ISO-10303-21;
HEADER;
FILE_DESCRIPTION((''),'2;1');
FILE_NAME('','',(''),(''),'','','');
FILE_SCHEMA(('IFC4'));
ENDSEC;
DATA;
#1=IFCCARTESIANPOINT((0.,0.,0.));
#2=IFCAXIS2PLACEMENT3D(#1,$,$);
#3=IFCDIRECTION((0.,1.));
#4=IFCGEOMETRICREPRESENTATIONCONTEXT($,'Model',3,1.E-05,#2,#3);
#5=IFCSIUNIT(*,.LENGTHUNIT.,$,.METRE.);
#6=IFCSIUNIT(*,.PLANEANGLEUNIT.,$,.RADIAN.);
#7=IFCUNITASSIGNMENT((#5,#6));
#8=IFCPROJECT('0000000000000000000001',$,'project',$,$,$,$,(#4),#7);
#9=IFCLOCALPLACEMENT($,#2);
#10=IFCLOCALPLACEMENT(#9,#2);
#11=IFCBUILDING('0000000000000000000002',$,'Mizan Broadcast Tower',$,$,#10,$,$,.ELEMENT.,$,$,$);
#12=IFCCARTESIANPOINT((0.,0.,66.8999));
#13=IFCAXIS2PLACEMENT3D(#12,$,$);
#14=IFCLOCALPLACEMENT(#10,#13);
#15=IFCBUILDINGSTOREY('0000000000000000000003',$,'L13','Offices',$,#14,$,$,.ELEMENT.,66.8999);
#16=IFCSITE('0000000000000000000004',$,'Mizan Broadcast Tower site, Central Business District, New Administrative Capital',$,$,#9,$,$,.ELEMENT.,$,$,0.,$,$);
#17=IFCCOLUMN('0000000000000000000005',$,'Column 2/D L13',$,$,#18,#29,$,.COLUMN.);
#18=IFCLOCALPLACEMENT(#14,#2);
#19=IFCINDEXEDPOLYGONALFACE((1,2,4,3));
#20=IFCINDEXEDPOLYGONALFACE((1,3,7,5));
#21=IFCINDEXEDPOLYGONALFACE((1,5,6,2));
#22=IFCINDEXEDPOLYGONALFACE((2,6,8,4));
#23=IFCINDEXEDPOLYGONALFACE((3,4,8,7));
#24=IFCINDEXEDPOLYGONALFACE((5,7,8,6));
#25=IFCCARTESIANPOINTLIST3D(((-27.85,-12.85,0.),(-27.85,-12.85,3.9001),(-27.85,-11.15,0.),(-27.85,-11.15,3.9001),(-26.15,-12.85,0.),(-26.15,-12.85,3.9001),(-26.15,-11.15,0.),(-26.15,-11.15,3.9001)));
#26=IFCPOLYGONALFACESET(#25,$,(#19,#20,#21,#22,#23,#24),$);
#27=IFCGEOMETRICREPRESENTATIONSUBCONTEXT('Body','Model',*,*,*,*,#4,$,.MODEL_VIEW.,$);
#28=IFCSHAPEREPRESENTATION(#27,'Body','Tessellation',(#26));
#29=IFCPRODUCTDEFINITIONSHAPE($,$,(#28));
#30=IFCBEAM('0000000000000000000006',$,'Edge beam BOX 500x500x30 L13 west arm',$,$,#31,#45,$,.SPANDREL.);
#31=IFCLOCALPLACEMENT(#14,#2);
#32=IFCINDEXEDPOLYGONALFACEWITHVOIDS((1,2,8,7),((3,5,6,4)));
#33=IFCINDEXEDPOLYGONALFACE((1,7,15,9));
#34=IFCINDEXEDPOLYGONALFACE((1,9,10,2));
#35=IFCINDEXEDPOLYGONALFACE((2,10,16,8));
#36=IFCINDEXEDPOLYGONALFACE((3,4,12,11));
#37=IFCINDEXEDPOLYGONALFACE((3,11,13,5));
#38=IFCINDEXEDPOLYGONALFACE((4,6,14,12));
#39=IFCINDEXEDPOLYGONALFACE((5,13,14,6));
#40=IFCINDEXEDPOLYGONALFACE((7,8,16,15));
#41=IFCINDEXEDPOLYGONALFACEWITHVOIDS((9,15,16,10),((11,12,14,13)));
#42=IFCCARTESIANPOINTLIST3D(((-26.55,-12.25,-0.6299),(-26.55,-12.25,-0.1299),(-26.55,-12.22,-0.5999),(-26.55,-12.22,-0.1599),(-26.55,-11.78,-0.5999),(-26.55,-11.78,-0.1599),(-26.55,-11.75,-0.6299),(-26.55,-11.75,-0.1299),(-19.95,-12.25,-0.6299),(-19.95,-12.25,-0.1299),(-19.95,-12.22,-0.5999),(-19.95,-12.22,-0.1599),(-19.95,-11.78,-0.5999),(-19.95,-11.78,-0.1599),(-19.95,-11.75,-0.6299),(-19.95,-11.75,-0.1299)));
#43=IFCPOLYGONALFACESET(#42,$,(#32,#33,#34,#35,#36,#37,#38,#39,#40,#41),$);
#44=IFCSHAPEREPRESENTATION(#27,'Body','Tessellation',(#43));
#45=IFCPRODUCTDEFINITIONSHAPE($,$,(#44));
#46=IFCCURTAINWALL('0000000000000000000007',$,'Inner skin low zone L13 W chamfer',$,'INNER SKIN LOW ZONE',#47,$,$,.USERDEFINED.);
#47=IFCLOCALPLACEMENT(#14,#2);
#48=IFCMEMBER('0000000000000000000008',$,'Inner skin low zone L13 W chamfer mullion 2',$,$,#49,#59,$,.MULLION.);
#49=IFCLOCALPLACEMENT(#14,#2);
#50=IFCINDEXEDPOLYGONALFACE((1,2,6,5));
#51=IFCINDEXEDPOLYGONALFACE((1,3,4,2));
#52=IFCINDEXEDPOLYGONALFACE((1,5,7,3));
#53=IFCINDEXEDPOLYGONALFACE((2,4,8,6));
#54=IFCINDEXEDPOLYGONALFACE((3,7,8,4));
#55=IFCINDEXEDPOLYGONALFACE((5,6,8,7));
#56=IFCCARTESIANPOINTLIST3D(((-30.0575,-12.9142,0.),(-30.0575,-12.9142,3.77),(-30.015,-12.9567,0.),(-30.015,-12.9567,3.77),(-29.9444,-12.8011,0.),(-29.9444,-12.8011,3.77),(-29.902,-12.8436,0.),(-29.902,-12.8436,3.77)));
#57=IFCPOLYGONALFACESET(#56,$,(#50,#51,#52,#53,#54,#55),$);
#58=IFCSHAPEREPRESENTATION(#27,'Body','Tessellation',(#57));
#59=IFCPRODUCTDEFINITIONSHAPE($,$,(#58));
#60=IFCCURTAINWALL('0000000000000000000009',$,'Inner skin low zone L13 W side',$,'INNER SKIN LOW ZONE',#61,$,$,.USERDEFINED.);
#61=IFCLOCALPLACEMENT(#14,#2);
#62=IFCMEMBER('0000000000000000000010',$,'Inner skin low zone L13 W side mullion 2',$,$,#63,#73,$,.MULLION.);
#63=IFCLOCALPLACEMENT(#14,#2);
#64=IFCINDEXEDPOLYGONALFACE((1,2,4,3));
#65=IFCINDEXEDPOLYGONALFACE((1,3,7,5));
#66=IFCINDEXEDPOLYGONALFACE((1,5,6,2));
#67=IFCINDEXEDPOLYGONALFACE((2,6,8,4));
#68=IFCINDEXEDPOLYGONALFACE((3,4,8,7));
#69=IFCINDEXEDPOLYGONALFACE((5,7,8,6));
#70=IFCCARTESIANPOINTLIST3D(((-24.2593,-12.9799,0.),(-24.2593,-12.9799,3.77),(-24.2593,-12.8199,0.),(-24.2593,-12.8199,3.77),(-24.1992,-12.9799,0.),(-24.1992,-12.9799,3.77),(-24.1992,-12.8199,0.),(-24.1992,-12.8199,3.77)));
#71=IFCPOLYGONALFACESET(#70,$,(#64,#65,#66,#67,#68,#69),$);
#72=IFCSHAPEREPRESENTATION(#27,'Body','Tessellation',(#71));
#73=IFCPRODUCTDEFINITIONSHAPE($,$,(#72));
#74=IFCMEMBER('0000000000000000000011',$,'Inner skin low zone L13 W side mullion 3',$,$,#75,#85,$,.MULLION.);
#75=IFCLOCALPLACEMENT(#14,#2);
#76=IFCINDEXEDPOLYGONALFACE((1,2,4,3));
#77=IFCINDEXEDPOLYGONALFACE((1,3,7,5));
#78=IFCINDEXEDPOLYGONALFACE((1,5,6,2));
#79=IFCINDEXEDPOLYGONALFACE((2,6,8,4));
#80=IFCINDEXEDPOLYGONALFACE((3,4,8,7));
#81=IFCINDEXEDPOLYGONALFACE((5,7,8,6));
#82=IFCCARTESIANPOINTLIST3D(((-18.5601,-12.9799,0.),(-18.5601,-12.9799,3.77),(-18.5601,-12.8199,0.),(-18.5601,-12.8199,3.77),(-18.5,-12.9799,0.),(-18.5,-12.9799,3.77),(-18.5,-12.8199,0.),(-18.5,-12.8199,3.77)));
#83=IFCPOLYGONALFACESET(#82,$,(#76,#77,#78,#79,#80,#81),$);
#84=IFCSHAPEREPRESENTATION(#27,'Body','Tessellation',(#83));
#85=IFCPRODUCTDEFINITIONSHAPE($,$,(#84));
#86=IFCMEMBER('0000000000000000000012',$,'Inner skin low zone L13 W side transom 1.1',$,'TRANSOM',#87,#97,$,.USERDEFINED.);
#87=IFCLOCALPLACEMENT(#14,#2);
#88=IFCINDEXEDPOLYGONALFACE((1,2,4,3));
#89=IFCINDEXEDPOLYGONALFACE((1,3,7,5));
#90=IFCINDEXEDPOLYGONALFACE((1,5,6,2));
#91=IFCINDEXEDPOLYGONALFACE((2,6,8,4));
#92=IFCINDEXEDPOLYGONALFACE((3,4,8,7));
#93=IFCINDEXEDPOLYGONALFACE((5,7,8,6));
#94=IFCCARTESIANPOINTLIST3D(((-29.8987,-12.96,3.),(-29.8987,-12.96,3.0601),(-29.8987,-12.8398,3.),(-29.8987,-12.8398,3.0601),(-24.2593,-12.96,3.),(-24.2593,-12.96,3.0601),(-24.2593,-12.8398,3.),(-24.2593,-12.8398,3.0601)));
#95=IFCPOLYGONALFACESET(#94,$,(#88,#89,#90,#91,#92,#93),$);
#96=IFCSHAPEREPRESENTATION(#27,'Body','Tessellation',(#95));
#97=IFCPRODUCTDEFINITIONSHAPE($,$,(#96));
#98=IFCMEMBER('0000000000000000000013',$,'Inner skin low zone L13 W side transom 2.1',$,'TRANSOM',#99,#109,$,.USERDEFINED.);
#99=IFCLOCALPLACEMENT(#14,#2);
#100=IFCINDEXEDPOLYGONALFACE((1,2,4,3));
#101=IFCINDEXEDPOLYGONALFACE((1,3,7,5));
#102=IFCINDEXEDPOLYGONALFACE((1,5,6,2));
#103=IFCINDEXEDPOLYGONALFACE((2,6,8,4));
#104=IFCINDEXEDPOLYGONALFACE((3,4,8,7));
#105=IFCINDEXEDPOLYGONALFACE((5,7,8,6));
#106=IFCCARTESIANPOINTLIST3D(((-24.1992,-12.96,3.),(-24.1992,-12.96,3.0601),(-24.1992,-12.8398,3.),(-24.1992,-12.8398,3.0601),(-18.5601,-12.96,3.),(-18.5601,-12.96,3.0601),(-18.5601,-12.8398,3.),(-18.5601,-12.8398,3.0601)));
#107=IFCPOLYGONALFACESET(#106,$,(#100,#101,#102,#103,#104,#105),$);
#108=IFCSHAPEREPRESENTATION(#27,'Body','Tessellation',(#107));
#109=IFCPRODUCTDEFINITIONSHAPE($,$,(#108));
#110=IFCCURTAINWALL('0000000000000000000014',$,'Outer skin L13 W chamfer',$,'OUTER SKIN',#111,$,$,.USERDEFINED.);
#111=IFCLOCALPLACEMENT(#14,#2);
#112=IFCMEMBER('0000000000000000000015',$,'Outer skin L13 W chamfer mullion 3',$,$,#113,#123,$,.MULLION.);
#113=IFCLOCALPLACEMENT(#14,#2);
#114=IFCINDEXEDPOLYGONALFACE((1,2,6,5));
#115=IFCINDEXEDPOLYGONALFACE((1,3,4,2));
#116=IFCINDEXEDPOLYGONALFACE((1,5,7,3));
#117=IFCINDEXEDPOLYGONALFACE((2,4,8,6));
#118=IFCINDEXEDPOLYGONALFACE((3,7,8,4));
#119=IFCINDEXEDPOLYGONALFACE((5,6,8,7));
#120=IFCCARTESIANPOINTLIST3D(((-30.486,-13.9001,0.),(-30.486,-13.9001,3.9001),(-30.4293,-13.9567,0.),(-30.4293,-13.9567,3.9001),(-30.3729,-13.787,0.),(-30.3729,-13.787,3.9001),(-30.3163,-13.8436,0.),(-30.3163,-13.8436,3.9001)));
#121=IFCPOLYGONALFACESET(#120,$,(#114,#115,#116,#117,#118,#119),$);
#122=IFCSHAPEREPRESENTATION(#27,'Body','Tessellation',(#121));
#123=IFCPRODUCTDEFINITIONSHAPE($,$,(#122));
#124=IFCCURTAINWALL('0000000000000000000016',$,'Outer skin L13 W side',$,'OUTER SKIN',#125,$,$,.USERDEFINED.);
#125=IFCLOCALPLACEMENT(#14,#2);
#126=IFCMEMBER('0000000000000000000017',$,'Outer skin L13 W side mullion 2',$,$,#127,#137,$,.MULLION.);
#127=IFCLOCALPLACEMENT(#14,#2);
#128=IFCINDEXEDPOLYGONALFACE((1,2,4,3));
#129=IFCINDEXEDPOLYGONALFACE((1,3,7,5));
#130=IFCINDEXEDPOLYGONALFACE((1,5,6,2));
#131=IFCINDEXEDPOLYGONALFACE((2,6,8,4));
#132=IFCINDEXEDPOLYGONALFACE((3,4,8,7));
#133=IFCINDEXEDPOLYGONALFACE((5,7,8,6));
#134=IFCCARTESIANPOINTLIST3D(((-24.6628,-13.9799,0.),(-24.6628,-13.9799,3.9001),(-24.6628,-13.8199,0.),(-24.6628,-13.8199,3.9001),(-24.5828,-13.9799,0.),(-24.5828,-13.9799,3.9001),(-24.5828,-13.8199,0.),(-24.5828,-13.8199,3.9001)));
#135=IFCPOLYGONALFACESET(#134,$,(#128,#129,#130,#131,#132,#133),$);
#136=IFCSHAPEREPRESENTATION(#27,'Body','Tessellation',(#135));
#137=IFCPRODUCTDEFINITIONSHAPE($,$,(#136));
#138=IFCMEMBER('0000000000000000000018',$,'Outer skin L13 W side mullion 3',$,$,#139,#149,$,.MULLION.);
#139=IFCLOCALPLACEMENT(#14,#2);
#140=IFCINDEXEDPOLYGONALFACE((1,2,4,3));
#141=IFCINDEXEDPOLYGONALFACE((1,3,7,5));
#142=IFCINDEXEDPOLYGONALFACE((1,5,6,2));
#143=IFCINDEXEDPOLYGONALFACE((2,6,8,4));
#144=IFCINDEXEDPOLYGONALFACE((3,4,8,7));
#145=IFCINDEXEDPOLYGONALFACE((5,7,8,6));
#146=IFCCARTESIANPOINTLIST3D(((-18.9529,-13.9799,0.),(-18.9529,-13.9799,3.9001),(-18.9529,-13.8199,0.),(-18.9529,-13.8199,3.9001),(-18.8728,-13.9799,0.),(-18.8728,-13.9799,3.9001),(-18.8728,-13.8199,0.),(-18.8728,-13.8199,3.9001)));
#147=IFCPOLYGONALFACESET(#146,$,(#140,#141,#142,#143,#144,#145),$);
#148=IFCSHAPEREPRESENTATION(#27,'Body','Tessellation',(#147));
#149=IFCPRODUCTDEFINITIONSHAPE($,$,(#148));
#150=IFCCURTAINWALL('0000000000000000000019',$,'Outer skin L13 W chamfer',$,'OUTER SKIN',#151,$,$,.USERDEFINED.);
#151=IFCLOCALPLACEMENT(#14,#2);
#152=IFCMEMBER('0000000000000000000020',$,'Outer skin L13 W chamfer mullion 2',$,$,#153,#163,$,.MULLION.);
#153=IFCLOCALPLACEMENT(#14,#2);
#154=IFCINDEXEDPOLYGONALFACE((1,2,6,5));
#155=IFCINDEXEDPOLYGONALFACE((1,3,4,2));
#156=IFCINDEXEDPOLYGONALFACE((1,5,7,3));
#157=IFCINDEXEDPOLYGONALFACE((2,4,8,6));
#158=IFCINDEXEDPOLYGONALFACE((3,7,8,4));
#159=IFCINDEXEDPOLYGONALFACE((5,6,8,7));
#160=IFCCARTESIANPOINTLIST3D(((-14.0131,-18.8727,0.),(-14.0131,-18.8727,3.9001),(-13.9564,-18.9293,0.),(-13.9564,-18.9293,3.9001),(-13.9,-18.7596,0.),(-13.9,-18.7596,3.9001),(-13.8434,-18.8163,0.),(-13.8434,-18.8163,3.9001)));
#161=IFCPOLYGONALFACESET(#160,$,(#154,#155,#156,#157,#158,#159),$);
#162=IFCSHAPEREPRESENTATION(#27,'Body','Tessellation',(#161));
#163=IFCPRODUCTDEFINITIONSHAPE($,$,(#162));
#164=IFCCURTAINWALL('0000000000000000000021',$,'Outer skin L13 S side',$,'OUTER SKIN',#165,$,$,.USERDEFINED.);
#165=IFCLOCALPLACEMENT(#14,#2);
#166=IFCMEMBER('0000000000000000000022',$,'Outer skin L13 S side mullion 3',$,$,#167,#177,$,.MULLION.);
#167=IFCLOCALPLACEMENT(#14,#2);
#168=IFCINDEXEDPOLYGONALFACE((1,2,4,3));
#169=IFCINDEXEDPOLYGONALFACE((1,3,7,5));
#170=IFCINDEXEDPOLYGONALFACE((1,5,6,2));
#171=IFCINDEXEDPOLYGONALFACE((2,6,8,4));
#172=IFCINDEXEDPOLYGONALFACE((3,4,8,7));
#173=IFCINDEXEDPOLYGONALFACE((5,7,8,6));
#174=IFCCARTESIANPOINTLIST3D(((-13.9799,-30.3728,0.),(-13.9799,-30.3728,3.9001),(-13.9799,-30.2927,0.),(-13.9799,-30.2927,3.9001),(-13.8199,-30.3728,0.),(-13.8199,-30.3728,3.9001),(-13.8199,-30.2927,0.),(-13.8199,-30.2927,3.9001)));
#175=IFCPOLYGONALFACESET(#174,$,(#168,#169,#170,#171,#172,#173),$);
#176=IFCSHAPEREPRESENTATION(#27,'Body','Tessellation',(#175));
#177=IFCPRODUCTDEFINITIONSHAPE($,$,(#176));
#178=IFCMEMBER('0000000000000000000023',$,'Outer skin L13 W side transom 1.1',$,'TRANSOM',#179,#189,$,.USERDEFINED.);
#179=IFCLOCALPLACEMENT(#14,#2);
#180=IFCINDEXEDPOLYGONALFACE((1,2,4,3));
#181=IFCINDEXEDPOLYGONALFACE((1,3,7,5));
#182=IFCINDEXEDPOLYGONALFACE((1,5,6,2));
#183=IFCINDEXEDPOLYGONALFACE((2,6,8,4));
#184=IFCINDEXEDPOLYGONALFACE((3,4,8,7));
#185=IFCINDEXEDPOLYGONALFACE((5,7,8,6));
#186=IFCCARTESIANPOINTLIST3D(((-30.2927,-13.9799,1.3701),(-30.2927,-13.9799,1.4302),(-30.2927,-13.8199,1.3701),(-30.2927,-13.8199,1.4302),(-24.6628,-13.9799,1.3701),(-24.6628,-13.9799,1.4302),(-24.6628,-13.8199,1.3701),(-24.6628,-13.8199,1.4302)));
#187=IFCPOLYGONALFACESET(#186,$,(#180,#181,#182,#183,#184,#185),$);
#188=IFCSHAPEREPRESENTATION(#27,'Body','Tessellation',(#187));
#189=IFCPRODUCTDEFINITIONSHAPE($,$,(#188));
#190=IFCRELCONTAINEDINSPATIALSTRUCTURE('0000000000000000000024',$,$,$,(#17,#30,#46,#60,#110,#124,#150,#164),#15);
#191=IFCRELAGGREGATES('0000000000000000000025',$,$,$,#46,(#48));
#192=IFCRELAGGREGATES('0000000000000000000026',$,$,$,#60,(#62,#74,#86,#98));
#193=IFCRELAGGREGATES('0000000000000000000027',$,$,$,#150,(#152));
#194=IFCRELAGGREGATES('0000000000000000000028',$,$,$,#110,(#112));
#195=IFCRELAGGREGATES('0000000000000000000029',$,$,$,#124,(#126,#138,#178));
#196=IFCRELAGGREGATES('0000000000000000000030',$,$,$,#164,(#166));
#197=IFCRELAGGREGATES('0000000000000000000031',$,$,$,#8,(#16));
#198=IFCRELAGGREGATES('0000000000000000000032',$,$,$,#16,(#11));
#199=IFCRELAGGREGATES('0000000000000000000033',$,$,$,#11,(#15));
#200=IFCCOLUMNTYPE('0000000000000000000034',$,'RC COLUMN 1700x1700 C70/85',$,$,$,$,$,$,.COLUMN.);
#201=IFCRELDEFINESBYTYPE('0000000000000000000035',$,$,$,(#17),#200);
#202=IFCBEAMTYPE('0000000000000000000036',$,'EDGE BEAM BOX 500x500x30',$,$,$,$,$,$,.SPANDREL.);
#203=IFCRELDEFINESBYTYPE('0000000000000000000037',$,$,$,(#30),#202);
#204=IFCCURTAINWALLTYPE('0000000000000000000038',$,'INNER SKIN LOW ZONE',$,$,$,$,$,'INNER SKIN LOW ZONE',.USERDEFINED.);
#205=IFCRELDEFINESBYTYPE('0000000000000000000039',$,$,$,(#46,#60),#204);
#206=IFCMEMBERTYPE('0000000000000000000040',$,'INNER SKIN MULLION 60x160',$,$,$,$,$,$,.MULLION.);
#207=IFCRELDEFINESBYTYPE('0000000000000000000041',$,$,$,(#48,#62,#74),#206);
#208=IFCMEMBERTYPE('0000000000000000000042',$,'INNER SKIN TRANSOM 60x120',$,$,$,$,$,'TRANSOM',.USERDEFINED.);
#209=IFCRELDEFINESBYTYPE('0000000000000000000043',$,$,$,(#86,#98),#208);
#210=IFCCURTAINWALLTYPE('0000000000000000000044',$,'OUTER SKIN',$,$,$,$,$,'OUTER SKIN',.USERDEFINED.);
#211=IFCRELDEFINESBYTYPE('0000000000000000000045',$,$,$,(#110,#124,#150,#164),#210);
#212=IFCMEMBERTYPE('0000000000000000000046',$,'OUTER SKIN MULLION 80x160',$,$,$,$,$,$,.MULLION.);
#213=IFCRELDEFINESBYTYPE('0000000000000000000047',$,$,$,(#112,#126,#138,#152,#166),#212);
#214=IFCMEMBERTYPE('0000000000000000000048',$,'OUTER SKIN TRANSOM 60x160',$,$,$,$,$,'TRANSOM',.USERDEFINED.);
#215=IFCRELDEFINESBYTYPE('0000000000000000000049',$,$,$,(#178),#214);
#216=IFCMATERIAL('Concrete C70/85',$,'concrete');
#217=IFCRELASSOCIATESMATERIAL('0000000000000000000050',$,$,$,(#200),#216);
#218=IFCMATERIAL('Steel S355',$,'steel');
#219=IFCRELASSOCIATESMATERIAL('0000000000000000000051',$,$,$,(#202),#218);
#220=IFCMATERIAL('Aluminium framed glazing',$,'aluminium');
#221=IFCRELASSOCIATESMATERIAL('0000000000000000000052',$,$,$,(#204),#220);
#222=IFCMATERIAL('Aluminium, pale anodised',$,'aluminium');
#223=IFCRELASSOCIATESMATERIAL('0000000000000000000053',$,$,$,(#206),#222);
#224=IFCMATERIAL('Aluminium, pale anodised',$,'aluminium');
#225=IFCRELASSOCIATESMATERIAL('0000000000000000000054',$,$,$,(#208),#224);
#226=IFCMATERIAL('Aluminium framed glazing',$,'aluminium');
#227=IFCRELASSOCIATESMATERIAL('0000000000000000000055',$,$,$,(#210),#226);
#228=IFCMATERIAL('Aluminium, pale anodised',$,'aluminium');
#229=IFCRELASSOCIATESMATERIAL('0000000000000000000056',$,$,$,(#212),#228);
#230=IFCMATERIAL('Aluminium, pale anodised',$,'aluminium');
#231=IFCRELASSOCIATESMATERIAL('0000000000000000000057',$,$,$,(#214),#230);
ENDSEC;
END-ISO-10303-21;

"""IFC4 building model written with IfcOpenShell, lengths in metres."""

from ifc_helpers import new_model, si_unit, direction, frame, origin, origin_2d, place, context, subcontext, project, spatial, rectangle, hollow_rectangle, extrude, material, material_profile, profile_set, type_object, element, aggregate, save


model = new_model("IFC4")

# Units and contexts
model_context = context("Model", 3, precision=1e-05, world=origin(), true_north=direction((0.0, 1.0)))
body_context = subcontext(model_context, "Body", "Model", "MODEL_VIEW")
ifc_project = project(units=[si_unit("LENGTHUNIT", "METRE"), si_unit("PLANEANGLEUNIT", "RADIAN")], contexts=[model_context])

# Site, building, storey
site_placement = place(None, origin())
site = spatial("IfcSite", under=ifc_project, at=site_placement, Name="Mizan Broadcast Tower site, Central Business District, New Administrative Capital", CompositionType="ELEMENT", RefElevation=0.0)
building_placement = place(site_placement, origin())
building = spatial("IfcBuilding", under=site, at=building_placement, Name="Mizan Broadcast Tower", CompositionType="ELEMENT")
storey_placement = place(building_placement, frame((0.0, 0.0, 66.8999)))
storey = spatial("IfcBuildingStorey", under=building, at=storey_placement, Name="L13", Description="Offices", CompositionType="ELEMENT", Elevation=66.8999)

# Column
ifc_material_1 = material(Name="Concrete C70/85", Category="concrete")
ifc_material_profile_1 = material_profile(ifc_material_1, rectangle(XDim=1.7, YDim=1.7, at=origin_2d()), Name="RC 1700x1700")
ifc_profile_set_1 = profile_set([ifc_material_profile_1], Name="Concrete C70/85")
column_type = type_object("IfcColumnType", Name="RC COLUMN 1700x1700 C70/85", PredefinedType="COLUMN", material=ifc_profile_set_1)
column_placement = place(storey_placement, frame((-27.0, -12.0, 0.0), z_axis=(0.0, 0.0, 1.0), x_axis=(1.0, 0.0, 0.0)))
element("IfcColumn", 1, at=column_placement, inside=storey, type_object=column_type, Name="Column 2/D L13", PredefinedType="COLUMN", context=body_context, shape_type="SweptSolid", body=[
    extrude(rectangle(XDim=1.7, YDim=1.7, at=origin_2d()), origin(), (0.0, 0.0, 1.0), 3.9001),
])

# Beam
ifc_material_2 = material(Name="Steel S355", Category="steel")
ifc_material_profile_2 = material_profile(ifc_material_2, hollow_rectangle(XDim=0.5, YDim=0.5, WallThickness=0.03, at=origin_2d()), Name="BOX 500x500x30")
ifc_profile_set_2 = profile_set([ifc_material_profile_2], Name="Steel S355")
beam_type_1 = type_object("IfcBeamType", Name="EDGE BEAM BOX 500x500x30", PredefinedType="SPANDREL", material=ifc_profile_set_2)
beam_1_placement = place(storey_placement, frame((-19.95, -12.0, -0.3799), z_axis=(-1.0, 0.0, 0.0), x_axis=(0.0, -1.0, 0.0)))
element("IfcBeam", 2, at=beam_1_placement, inside=storey, type_object=beam_type_1, Name="Edge beam BOX 500x500x30 L13 west arm", PredefinedType="SPANDREL", context=body_context, shape_type="SweptSolid", body=[
    extrude(hollow_rectangle(XDim=0.5, YDim=0.5, WallThickness=0.03, at=origin_2d()), origin(), (0.0, 0.0, 1.0), 6.6001),
])

# Curtain wall, member
ifc_material_3 = material(Name="Aluminium framed glazing", Category="aluminium")
curtain_wall_type_1 = type_object("IfcCurtainWallType", Name="INNER SKIN LOW ZONE", ElementType="INNER SKIN LOW ZONE", PredefinedType="USERDEFINED", material=ifc_material_3)
curtain_wall_1_placement = place(storey_placement, origin())
curtain_wall_1 = element("IfcCurtainWall", 3, at=curtain_wall_1_placement, inside=storey, type_object=curtain_wall_type_1, Name="Inner skin low zone L13 W chamfer", ObjectType="INNER SKIN LOW ZONE", PredefinedType="USERDEFINED")
ifc_material_4 = material(Name="Aluminium, pale anodised", Category="aluminium")
ifc_material_profile_3 = material_profile(ifc_material_4, rectangle(XDim=0.1599, YDim=0.0601, at=origin_2d()), Name="MULLION 160x60")
ifc_profile_set_3 = profile_set([ifc_material_profile_3], Name="Aluminium, pale anodised")
member_type_1 = type_object("IfcMemberType", Name="INNER SKIN MULLION 60x160", PredefinedType="MULLION", material=ifc_profile_set_3)
member_1_placement = place(storey_placement, frame((-29.9797, -12.8789, 0.0), z_axis=(0.0, 0.0, 1.0), x_axis=(0.707107, 0.707107, 0.0)))
member_1 = element("IfcMember", 4, at=member_1_placement, type_object=member_type_1, Name="Inner skin low zone L13 W chamfer mullion 2", PredefinedType="MULLION", context=body_context, shape_type="SweptSolid", body=[
    extrude(rectangle(XDim=0.1599, YDim=0.0601, at=origin_2d()), origin(), (0.0, 0.0, 1.0), 3.77),
])
aggregate(curtain_wall_1, [member_1])

# Curtain wall, members
curtain_wall_2_placement = place(storey_placement, origin())
curtain_wall_2 = element("IfcCurtainWall", 5, at=curtain_wall_2_placement, inside=storey, type_object=curtain_wall_type_1, Name="Inner skin low zone L13 W side", ObjectType="INNER SKIN LOW ZONE", PredefinedType="USERDEFINED")
member_2_placement = place(storey_placement, frame((-24.2292, -12.8999, 0.0), z_axis=(0.0, 0.0, 1.0), x_axis=(0.0, 1.0, 0.0)))
member_2 = element("IfcMember", 6, at=member_2_placement, type_object=member_type_1, Name="Inner skin low zone L13 W side mullion 2", PredefinedType="MULLION", context=body_context, shape_type="SweptSolid", body=[
    extrude(rectangle(XDim=0.1599, YDim=0.0601, at=origin_2d()), origin(), (0.0, 0.0, 1.0), 3.77),
])
member_3_placement = place(storey_placement, frame((-18.53, -12.8999, 0.0), z_axis=(0.0, 0.0, 1.0), x_axis=(0.0, 1.0, 0.0)))
member_3 = element("IfcMember", 7, at=member_3_placement, type_object=member_type_1, Name="Inner skin low zone L13 W side mullion 3", PredefinedType="MULLION", context=body_context, shape_type="SweptSolid", body=[
    extrude(rectangle(XDim=0.1599, YDim=0.0601, at=origin_2d()), origin(), (0.0, 0.0, 1.0), 3.77),
])
ifc_material_5 = material(Name="Aluminium, pale anodised", Category="aluminium")
ifc_material_profile_4 = material_profile(ifc_material_5, rectangle(XDim=0.1201, YDim=0.0601, at=origin_2d()), Name="TRANSOM 120x60")
ifc_profile_set_4 = profile_set([ifc_material_profile_4], Name="Aluminium, pale anodised")
member_type_2 = type_object("IfcMemberType", Name="INNER SKIN TRANSOM 60x120", ElementType="TRANSOM", PredefinedType="USERDEFINED", material=ifc_profile_set_4)
member_4_placement = place(storey_placement, frame((-29.8987, -12.8999, 3.03), z_axis=(1.0, 0.0, 0.0), x_axis=(0.0, 1.0, 0.0)))
member_4 = element("IfcMember", 8, at=member_4_placement, type_object=member_type_2, Name="Inner skin low zone L13 W side transom 1.1", ObjectType="TRANSOM", PredefinedType="USERDEFINED", context=body_context, shape_type="SweptSolid", body=[
    extrude(rectangle(XDim=0.1201, YDim=0.0601, at=origin_2d()), origin(), (0.0, 0.0, 1.0), 5.6394),
])
member_5_placement = place(storey_placement, frame((-24.1992, -12.8999, 3.03), z_axis=(1.0, 0.0, 0.0), x_axis=(0.0, 1.0, 0.0)))
member_5 = element("IfcMember", 9, at=member_5_placement, type_object=member_type_2, Name="Inner skin low zone L13 W side transom 2.1", ObjectType="TRANSOM", PredefinedType="USERDEFINED", context=body_context, shape_type="SweptSolid", body=[
    extrude(rectangle(XDim=0.1201, YDim=0.0601, at=origin_2d()), origin(), (0.0, 0.0, 1.0), 5.6392),
])

# Curtain wall, member
ifc_material_6 = material(Name="Aluminium framed glazing", Category="aluminium")
curtain_wall_type_2 = type_object("IfcCurtainWallType", Name="OUTER SKIN", ElementType="OUTER SKIN", PredefinedType="USERDEFINED", material=ifc_material_6)
curtain_wall_3_placement = place(storey_placement, origin())
curtain_wall_3 = element("IfcCurtainWall", 10, at=curtain_wall_3_placement, inside=storey, type_object=curtain_wall_type_2, Name="Outer skin L13 W chamfer", ObjectType="OUTER SKIN", PredefinedType="USERDEFINED")
ifc_material_7 = material(Name="Aluminium, pale anodised", Category="aluminium")
ifc_material_profile_5 = material_profile(ifc_material_7, rectangle(XDim=0.1599, YDim=0.0801, at=origin_2d()), Name="MULLION 160x80")
ifc_profile_set_5 = profile_set([ifc_material_profile_5], Name="Aluminium, pale anodised")
member_type_3 = type_object("IfcMemberType", Name="OUTER SKIN MULLION 80x160", PredefinedType="MULLION", material=ifc_profile_set_5)
member_6_placement = place(storey_placement, frame((-30.4011, -13.8718, 0.0), z_axis=(0.0, 0.0, 1.0), x_axis=(0.707107, 0.707107, 0.0)))
member_6 = element("IfcMember", 11, at=member_6_placement, type_object=member_type_3, Name="Outer skin L13 W chamfer mullion 3", PredefinedType="MULLION", context=body_context, shape_type="SweptSolid", body=[
    extrude(rectangle(XDim=0.1599, YDim=0.0801, at=origin_2d()), origin(), (0.0, 0.0, 1.0), 3.9001),
])

# Curtain wall, members
curtain_wall_4_placement = place(storey_placement, origin())
curtain_wall_4 = element("IfcCurtainWall", 12, at=curtain_wall_4_placement, inside=storey, type_object=curtain_wall_type_2, Name="Outer skin L13 W side", ObjectType="OUTER SKIN", PredefinedType="USERDEFINED")
member_7_placement = place(storey_placement, frame((-24.6228, -13.8999, 0.0), z_axis=(0.0, 0.0, 1.0), x_axis=(0.0, 1.0, 0.0)))
member_7 = element("IfcMember", 13, at=member_7_placement, type_object=member_type_3, Name="Outer skin L13 W side mullion 2", PredefinedType="MULLION", context=body_context, shape_type="SweptSolid", body=[
    extrude(rectangle(XDim=0.1599, YDim=0.0801, at=origin_2d()), origin(), (0.0, 0.0, 1.0), 3.9001),
])
member_8_placement = place(storey_placement, frame((-18.9128, -13.8999, 0.0), z_axis=(0.0, 0.0, 1.0), x_axis=(0.0, 1.0, 0.0)))
member_8 = element("IfcMember", 14, at=member_8_placement, type_object=member_type_3, Name="Outer skin L13 W side mullion 3", PredefinedType="MULLION", context=body_context, shape_type="SweptSolid", body=[
    extrude(rectangle(XDim=0.1599, YDim=0.0801, at=origin_2d()), origin(), (0.0, 0.0, 1.0), 3.9001),
])

# Curtain walls, members
curtain_wall_5_placement = place(storey_placement, origin())
curtain_wall_5 = element("IfcCurtainWall", 15, at=curtain_wall_5_placement, inside=storey, type_object=curtain_wall_type_2, Name="Outer skin L13 W chamfer", ObjectType="OUTER SKIN", PredefinedType="USERDEFINED")
member_9_placement = place(storey_placement, frame((-13.9282, -18.8445, 0.0), z_axis=(0.0, 0.0, 1.0), x_axis=(0.707107, 0.707107, 0.0)))
member_9 = element("IfcMember", 16, at=member_9_placement, type_object=member_type_3, Name="Outer skin L13 W chamfer mullion 2", PredefinedType="MULLION", context=body_context, shape_type="SweptSolid", body=[
    extrude(rectangle(XDim=0.1599, YDim=0.0801, at=origin_2d()), origin(), (0.0, 0.0, 1.0), 3.9001),
])
curtain_wall_6_placement = place(storey_placement, origin())
curtain_wall_6 = element("IfcCurtainWall", 17, at=curtain_wall_6_placement, inside=storey, type_object=curtain_wall_type_2, Name="Outer skin L13 S side", ObjectType="OUTER SKIN", PredefinedType="USERDEFINED")
member_10_placement = place(storey_placement, frame((-13.8999, -30.3328, 0.0), z_axis=(0.0, 0.0, 1.0), x_axis=(1.0, 0.0, 0.0)))
member_10 = element("IfcMember", 18, at=member_10_placement, type_object=member_type_3, Name="Outer skin L13 S side mullion 3", PredefinedType="MULLION", context=body_context, shape_type="SweptSolid", body=[
    extrude(rectangle(XDim=0.1599, YDim=0.0801, at=origin_2d()), origin(), (0.0, 0.0, 1.0), 3.9001),
])

# Member
ifc_material_8 = material(Name="Aluminium, pale anodised", Category="aluminium")
ifc_material_profile_6 = material_profile(ifc_material_8, rectangle(XDim=0.1599, YDim=0.0601, at=origin_2d()), Name="TRANSOM 160x60")
ifc_profile_set_6 = profile_set([ifc_material_profile_6], Name="Aluminium, pale anodised")
member_type_4 = type_object("IfcMemberType", Name="OUTER SKIN TRANSOM 60x160", ElementType="TRANSOM", PredefinedType="USERDEFINED", material=ifc_profile_set_6)
member_11_placement = place(storey_placement, frame((-30.2927, -13.8999, 1.4001), z_axis=(1.0, 0.0, 0.0), x_axis=(0.0, 1.0, 0.0)))
member_11 = element("IfcMember", 19, at=member_11_placement, type_object=member_type_4, Name="Outer skin L13 W side transom 1.1", ObjectType="TRANSOM", PredefinedType="USERDEFINED", context=body_context, shape_type="SweptSolid", body=[
    extrude(rectangle(XDim=0.1599, YDim=0.0601, at=origin_2d()), origin(), (0.0, 0.0, 1.0), 5.6299),
])

aggregate(curtain_wall_2, [member_2, member_3, member_4, member_5])
aggregate(curtain_wall_5, [member_9])
aggregate(curtain_wall_3, [member_6])
aggregate(curtain_wall_4, [member_7, member_8, member_11])
aggregate(curtain_wall_6, [member_10])

save(model, "model.ifc")
